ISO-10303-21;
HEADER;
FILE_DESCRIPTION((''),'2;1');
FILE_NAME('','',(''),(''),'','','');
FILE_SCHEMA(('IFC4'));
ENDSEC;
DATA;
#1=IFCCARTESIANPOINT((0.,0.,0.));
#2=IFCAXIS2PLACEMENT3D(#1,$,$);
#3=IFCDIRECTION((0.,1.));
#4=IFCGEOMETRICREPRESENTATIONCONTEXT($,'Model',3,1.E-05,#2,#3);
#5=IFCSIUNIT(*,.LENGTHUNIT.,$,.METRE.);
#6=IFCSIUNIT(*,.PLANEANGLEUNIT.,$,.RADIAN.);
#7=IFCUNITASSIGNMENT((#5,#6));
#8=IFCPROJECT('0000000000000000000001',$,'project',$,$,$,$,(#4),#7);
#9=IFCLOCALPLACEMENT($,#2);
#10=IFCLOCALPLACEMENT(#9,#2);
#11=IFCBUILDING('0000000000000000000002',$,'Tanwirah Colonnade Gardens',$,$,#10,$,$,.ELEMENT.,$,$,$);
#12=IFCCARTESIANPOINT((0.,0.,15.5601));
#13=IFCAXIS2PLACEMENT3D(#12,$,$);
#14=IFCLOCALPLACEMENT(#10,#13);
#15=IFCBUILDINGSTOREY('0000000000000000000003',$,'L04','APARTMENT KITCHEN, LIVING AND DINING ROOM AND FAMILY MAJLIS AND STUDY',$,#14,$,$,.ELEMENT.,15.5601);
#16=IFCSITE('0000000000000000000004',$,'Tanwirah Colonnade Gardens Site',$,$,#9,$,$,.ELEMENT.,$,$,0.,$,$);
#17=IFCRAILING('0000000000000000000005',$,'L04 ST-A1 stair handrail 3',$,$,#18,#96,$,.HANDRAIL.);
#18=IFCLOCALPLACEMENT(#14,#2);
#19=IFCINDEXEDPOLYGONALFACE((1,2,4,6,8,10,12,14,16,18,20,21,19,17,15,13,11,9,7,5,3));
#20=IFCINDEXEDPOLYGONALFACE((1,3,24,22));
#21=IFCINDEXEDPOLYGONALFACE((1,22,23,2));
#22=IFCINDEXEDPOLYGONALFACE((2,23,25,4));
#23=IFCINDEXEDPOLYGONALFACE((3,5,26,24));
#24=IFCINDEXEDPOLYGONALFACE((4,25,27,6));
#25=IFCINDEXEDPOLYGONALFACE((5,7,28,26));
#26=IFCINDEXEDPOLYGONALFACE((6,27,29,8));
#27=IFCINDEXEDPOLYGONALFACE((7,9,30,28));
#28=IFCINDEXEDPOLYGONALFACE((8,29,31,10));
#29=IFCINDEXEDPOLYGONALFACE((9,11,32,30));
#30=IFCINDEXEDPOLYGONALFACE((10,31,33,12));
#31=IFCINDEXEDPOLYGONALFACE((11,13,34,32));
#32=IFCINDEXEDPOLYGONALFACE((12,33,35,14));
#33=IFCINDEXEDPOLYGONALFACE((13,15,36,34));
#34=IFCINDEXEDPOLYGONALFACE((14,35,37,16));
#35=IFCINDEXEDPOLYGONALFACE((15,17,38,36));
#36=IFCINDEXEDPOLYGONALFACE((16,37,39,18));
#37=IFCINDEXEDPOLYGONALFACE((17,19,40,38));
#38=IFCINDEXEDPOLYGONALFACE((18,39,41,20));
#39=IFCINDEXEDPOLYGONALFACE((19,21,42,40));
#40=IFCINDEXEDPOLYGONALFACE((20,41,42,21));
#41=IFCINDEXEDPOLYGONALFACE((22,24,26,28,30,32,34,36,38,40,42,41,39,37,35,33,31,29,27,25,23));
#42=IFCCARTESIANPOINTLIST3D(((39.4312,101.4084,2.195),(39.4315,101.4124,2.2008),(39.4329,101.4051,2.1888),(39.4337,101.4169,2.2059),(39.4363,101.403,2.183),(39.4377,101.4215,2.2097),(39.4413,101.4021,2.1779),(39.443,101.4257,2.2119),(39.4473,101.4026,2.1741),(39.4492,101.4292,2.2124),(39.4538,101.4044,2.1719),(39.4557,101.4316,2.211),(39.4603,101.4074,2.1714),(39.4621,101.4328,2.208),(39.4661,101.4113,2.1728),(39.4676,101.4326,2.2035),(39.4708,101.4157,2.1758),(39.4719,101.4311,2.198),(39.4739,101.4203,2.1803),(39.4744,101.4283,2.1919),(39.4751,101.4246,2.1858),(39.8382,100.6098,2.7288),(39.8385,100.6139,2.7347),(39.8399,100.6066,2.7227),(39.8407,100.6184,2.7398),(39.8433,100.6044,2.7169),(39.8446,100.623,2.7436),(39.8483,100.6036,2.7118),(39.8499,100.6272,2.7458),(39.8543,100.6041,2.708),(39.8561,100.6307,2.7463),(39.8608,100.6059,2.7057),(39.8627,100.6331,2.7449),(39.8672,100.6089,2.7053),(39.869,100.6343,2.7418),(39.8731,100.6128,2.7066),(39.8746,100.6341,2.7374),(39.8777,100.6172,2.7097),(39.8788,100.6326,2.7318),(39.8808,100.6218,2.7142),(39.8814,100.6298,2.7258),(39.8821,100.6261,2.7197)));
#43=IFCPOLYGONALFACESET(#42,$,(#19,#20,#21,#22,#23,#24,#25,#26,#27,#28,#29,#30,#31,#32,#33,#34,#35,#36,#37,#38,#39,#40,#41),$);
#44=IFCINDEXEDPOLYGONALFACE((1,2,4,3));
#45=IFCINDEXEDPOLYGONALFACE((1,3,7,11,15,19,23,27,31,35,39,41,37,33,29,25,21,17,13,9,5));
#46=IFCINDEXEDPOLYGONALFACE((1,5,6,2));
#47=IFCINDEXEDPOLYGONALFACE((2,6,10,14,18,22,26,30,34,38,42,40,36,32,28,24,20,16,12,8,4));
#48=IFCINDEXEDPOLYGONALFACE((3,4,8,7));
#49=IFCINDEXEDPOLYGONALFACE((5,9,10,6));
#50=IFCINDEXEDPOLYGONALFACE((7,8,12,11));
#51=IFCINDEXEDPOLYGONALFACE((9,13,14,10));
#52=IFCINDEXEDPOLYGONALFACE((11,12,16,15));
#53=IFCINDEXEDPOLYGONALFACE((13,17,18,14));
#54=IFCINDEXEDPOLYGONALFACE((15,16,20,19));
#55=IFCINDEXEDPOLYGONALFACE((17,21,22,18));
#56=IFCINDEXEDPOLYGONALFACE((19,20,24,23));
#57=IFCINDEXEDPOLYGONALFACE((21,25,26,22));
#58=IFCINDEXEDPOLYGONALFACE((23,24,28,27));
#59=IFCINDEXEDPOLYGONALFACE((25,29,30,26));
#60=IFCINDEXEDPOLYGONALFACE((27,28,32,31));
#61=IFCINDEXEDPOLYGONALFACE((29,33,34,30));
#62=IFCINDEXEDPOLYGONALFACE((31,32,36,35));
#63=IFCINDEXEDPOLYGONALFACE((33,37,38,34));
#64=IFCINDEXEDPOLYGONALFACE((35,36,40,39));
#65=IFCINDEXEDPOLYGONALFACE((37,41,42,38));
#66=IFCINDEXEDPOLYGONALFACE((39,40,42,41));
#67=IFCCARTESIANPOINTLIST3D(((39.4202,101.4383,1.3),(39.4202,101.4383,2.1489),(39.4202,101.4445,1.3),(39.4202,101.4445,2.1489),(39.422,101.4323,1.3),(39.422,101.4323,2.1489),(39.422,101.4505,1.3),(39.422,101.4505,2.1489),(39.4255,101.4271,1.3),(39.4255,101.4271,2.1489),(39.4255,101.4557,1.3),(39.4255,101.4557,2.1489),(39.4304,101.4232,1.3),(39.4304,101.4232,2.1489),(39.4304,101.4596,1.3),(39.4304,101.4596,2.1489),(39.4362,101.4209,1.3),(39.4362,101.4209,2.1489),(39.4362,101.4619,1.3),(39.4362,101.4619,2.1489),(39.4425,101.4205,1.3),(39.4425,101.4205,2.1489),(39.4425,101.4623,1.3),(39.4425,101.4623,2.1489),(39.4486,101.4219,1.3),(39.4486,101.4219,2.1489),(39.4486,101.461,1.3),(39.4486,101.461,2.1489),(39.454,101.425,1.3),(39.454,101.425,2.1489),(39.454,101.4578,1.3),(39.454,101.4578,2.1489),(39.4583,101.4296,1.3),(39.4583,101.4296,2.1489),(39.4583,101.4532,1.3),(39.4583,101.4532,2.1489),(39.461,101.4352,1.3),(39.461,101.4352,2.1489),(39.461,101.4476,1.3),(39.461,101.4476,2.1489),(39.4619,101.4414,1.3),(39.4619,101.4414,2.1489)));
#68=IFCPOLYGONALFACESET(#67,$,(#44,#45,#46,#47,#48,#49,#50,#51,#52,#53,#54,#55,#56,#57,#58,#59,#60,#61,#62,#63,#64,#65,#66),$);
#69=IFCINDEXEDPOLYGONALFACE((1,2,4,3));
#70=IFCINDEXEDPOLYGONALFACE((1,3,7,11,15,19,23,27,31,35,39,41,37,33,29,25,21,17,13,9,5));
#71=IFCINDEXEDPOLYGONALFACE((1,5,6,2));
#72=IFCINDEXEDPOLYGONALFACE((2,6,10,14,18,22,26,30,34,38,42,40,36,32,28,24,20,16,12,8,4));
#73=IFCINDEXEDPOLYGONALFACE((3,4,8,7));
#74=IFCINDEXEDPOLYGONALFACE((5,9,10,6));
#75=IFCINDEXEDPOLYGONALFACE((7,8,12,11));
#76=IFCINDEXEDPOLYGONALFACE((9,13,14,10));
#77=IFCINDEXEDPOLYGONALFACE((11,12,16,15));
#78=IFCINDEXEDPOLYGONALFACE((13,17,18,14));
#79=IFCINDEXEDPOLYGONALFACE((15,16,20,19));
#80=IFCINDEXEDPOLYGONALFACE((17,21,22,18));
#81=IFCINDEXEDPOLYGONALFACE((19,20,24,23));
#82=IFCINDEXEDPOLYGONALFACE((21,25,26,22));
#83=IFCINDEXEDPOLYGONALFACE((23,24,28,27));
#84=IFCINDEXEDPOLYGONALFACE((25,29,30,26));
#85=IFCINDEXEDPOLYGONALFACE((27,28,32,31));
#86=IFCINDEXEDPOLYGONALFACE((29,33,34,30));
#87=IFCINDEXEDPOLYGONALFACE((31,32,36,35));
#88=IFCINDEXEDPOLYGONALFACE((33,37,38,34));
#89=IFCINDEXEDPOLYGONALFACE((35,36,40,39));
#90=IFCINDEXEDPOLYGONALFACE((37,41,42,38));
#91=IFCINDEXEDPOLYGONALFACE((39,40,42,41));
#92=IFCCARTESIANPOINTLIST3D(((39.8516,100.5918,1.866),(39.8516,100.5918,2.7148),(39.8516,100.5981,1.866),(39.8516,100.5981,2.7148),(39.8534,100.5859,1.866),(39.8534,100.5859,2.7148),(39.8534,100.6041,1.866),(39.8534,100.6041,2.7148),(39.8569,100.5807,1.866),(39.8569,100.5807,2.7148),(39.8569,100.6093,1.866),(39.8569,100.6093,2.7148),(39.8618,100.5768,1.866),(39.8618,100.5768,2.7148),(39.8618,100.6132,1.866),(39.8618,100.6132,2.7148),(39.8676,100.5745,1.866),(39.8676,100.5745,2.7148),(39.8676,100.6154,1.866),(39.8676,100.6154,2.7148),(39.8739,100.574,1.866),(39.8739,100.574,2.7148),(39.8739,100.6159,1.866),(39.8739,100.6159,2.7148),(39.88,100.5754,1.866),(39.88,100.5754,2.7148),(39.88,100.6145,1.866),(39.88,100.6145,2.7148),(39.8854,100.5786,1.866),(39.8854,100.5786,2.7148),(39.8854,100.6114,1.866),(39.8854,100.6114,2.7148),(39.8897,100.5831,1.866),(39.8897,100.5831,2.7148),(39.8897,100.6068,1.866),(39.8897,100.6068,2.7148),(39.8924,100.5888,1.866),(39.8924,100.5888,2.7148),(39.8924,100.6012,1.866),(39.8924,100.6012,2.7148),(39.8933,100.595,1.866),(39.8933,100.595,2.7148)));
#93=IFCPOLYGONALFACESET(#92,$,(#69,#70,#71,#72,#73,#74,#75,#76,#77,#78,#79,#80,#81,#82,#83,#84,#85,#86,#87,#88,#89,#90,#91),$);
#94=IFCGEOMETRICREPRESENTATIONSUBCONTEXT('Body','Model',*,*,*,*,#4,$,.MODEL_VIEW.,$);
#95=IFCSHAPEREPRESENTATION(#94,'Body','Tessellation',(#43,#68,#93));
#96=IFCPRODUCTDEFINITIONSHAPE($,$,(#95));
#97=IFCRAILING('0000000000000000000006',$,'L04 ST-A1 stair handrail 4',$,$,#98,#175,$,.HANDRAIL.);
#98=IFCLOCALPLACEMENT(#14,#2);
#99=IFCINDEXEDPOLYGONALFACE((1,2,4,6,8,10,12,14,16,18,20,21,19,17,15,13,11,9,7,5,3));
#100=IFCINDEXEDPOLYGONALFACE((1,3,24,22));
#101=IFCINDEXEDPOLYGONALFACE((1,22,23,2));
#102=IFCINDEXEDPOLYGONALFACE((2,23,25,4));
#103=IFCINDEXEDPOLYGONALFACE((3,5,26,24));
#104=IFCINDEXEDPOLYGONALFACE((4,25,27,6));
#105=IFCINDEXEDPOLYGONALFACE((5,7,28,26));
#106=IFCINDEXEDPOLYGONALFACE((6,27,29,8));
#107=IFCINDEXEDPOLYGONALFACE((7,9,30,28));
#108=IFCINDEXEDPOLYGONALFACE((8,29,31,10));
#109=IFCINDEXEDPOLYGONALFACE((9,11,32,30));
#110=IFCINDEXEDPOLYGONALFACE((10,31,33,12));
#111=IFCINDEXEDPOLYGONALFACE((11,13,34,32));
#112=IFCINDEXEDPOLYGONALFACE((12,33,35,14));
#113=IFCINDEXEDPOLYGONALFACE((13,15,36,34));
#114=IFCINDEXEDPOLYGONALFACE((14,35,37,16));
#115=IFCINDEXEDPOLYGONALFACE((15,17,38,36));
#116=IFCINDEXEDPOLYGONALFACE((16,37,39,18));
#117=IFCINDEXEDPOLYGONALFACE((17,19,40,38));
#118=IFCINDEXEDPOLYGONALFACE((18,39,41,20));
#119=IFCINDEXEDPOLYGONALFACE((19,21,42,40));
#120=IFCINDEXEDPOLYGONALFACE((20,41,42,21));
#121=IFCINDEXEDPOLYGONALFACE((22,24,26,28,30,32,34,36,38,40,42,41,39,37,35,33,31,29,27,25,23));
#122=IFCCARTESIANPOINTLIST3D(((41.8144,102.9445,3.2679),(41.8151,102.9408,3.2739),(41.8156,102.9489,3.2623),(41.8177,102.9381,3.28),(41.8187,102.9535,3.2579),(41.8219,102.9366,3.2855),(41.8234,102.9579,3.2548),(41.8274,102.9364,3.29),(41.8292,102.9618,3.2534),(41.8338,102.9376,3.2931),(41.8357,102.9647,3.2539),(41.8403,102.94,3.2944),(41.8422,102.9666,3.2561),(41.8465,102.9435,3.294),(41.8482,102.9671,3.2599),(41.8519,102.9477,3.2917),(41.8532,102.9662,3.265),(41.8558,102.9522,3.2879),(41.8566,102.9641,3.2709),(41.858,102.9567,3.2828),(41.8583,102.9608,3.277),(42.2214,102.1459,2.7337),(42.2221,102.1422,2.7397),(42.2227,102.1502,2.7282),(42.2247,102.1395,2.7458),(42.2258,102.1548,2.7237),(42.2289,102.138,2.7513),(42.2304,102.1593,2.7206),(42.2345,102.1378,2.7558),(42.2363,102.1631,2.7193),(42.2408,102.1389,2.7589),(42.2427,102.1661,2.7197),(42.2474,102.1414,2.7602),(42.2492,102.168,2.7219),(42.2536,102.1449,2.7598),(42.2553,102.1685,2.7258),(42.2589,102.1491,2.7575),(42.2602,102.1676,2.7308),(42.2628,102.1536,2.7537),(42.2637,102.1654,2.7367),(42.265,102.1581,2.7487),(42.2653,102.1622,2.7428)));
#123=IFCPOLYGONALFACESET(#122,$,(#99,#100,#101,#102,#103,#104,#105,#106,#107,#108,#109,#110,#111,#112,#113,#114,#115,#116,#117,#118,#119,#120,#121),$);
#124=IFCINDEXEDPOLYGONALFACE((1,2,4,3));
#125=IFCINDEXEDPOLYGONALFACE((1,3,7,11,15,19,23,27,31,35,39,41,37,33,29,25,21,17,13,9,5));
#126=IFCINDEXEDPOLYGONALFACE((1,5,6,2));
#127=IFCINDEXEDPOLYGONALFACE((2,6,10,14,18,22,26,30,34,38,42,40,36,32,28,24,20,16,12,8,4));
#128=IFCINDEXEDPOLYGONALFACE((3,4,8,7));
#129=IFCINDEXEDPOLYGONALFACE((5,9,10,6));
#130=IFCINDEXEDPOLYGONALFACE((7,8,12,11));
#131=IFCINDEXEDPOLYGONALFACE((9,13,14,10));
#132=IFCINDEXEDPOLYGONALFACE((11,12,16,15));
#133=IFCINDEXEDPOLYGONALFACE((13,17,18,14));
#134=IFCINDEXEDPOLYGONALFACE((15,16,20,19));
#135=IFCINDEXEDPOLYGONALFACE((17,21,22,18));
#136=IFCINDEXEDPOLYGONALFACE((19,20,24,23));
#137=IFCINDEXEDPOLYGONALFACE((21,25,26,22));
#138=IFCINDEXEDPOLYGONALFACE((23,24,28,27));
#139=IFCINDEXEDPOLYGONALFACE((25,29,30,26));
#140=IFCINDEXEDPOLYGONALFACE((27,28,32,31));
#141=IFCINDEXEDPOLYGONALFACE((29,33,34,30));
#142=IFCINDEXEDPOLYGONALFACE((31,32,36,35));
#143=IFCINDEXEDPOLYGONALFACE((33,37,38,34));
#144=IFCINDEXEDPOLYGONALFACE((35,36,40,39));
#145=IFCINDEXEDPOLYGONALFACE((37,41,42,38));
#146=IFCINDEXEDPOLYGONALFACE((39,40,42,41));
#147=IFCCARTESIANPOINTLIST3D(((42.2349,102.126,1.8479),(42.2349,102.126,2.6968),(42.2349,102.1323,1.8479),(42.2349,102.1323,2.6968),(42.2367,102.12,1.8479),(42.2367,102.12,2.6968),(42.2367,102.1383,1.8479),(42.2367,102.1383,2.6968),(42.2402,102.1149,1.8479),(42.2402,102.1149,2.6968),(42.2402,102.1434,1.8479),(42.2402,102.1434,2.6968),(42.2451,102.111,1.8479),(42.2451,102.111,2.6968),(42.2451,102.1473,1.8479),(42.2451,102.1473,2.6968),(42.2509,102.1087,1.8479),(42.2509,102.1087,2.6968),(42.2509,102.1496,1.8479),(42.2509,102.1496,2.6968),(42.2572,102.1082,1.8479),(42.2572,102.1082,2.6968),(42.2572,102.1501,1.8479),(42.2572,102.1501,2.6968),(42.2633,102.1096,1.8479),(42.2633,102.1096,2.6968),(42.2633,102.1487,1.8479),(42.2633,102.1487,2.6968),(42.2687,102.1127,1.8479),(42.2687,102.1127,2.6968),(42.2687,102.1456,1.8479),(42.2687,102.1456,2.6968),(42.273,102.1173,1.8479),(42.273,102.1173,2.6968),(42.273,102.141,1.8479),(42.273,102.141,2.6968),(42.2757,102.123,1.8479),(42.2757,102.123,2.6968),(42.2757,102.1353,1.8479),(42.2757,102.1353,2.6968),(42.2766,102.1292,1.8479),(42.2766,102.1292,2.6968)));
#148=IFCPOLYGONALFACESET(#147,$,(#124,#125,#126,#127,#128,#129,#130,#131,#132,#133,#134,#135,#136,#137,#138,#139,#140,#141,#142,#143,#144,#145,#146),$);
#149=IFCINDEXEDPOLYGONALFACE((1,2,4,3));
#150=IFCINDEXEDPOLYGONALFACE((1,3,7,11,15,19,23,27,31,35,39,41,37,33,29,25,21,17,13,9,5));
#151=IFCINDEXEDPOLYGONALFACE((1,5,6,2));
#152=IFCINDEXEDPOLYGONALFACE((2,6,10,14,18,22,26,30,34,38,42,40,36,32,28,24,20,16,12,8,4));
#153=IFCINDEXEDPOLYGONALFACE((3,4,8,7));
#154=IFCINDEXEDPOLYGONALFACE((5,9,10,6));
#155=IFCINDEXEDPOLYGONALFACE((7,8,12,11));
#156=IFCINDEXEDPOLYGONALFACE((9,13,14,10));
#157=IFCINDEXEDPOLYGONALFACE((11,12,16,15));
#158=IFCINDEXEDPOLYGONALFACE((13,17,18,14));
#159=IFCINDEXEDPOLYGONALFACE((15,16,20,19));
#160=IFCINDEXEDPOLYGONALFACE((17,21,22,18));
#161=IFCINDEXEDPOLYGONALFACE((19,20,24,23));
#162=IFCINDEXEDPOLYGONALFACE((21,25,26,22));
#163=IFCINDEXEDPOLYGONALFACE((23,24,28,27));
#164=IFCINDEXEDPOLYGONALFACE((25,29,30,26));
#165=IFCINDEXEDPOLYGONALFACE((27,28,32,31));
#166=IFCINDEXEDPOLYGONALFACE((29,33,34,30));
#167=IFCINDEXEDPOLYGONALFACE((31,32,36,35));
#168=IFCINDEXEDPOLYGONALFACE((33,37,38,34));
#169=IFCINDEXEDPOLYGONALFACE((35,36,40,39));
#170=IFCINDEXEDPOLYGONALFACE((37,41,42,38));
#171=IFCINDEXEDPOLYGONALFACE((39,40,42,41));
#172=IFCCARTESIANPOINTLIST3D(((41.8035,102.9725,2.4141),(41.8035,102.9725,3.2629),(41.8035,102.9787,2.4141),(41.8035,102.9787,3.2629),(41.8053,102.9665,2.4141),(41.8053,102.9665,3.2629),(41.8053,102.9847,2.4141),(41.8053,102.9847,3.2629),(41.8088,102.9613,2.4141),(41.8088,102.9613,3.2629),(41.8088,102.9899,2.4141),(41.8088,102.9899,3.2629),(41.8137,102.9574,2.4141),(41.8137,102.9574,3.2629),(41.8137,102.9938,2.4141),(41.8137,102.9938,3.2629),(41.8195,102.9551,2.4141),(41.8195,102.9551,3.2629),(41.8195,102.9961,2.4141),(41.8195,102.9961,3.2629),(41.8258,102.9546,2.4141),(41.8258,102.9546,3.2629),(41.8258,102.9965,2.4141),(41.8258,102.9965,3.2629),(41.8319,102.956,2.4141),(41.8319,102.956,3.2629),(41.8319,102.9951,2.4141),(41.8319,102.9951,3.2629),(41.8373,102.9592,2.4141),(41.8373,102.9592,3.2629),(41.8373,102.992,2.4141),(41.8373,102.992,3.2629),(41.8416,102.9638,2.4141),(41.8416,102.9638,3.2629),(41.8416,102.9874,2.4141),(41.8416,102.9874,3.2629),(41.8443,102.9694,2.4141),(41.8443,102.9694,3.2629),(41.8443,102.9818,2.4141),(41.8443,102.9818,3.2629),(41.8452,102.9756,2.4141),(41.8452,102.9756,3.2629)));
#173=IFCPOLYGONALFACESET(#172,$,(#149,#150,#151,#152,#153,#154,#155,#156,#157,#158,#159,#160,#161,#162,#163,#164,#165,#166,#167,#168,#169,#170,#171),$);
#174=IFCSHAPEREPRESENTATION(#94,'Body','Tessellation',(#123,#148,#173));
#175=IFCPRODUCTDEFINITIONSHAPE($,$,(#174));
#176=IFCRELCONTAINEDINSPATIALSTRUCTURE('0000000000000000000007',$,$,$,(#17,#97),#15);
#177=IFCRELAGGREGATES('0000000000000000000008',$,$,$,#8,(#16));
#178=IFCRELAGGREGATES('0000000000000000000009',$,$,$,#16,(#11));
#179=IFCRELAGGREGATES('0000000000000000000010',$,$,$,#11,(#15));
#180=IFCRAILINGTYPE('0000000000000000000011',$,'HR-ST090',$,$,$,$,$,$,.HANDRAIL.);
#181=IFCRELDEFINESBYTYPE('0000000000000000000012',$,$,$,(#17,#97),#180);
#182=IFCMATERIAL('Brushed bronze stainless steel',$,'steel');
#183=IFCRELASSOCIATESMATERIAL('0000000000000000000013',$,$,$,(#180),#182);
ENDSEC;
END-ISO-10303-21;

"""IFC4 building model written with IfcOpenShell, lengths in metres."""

from ifc_helpers import new_model, si_unit, direction, frame, origin, origin_2d, place, context, subcontext, project, spatial, circle, extrude, material, type_object, element, save


model = new_model("IFC4")

# Units and contexts
model_context = context("Model", 3, precision=1e-05, world=origin(), true_north=direction((0.0, 1.0)))
body_context = subcontext(model_context, "Body", "Model", "MODEL_VIEW")
ifc_project = project(units=[si_unit("LENGTHUNIT", "METRE"), si_unit("PLANEANGLEUNIT", "RADIAN")], contexts=[model_context])

# Site, building, storey
site_placement = place(None, origin())
site = spatial("IfcSite", under=ifc_project, at=site_placement, Name="Tanwirah Colonnade Gardens Site", CompositionType="ELEMENT", RefElevation=0.0)
building_placement = place(site_placement, origin())
building = spatial("IfcBuilding", under=site, at=building_placement, Name="Tanwirah Colonnade Gardens", CompositionType="ELEMENT")
storey_placement = place(building_placement, frame((0.0, 0.0, 15.5601)))
storey = spatial("IfcBuildingStorey", under=building, at=storey_placement, Name="L04", Description="APARTMENT KITCHEN, LIVING AND DINING ROOM AND FAMILY MAJLIS AND STUDY", CompositionType="ELEMENT", Elevation=15.5601)

# Railings
ifc_material_1 = material(Name="Brushed bronze stainless steel", Category="steel")
railing_type_1 = type_object("IfcRailingType", Name="HR-ST090", PredefinedType="HANDRAIL", material=ifc_material_1)
railing_1_placement = place(storey_placement, frame((39.4409, 101.4414, 1.3)))
element("IfcRailing", 1, at=railing_1_placement, inside=storey, type_object=railing_type_1, Name="L04 ST-A1 stair handrail 3", PredefinedType="HANDRAIL", context=body_context, shape_type="SweptSolid", body=[
    extrude(circle(Radius=0.0239, at=origin_2d()), frame((0.0122, -0.0239, 0.8918), z_axis=(0.390118, -0.765443, 0.511767), x_axis=(0.890957, 0.454087, 0.0)), (0.0, 0.0, 1.0), 1.0432),
    extrude(circle(Radius=0.021, at=origin_2d()), origin(), (0.0, 0.0, 1.0), 0.8489),
    extrude(circle(Radius=0.021, at=origin_2d()), frame((0.4314, -0.8464, 0.5659)), (0.0, 0.0, 1.0), 0.8489),
])
railing_2_placement = place(storey_placement, frame((42.2556, 102.1292, 1.8479)))
element("IfcRailing", 2, at=railing_2_placement, inside=storey, type_object=railing_type_1, Name="L04 ST-A1 stair handrail 4", PredefinedType="HANDRAIL", context=body_context, shape_type="SweptSolid", body=[
    extrude(circle(Radius=0.0239, at=origin_2d()), frame((-0.0122, 0.0239, 0.8918), z_axis=(-0.390073, 0.765356, 0.51193), x_axis=(-0.890957, -0.454087, 0.0)), (0.0, 0.0, 1.0), 1.0435),
    extrude(circle(Radius=0.021, at=origin_2d()), origin(), (0.0, 0.0, 1.0), 0.8489),
    extrude(circle(Radius=0.021, at=origin_2d()), frame((-0.4314, 0.8464, 0.5662)), (0.0, 0.0, 1.0), 0.8489),
])

save(model, "model.ifc")
